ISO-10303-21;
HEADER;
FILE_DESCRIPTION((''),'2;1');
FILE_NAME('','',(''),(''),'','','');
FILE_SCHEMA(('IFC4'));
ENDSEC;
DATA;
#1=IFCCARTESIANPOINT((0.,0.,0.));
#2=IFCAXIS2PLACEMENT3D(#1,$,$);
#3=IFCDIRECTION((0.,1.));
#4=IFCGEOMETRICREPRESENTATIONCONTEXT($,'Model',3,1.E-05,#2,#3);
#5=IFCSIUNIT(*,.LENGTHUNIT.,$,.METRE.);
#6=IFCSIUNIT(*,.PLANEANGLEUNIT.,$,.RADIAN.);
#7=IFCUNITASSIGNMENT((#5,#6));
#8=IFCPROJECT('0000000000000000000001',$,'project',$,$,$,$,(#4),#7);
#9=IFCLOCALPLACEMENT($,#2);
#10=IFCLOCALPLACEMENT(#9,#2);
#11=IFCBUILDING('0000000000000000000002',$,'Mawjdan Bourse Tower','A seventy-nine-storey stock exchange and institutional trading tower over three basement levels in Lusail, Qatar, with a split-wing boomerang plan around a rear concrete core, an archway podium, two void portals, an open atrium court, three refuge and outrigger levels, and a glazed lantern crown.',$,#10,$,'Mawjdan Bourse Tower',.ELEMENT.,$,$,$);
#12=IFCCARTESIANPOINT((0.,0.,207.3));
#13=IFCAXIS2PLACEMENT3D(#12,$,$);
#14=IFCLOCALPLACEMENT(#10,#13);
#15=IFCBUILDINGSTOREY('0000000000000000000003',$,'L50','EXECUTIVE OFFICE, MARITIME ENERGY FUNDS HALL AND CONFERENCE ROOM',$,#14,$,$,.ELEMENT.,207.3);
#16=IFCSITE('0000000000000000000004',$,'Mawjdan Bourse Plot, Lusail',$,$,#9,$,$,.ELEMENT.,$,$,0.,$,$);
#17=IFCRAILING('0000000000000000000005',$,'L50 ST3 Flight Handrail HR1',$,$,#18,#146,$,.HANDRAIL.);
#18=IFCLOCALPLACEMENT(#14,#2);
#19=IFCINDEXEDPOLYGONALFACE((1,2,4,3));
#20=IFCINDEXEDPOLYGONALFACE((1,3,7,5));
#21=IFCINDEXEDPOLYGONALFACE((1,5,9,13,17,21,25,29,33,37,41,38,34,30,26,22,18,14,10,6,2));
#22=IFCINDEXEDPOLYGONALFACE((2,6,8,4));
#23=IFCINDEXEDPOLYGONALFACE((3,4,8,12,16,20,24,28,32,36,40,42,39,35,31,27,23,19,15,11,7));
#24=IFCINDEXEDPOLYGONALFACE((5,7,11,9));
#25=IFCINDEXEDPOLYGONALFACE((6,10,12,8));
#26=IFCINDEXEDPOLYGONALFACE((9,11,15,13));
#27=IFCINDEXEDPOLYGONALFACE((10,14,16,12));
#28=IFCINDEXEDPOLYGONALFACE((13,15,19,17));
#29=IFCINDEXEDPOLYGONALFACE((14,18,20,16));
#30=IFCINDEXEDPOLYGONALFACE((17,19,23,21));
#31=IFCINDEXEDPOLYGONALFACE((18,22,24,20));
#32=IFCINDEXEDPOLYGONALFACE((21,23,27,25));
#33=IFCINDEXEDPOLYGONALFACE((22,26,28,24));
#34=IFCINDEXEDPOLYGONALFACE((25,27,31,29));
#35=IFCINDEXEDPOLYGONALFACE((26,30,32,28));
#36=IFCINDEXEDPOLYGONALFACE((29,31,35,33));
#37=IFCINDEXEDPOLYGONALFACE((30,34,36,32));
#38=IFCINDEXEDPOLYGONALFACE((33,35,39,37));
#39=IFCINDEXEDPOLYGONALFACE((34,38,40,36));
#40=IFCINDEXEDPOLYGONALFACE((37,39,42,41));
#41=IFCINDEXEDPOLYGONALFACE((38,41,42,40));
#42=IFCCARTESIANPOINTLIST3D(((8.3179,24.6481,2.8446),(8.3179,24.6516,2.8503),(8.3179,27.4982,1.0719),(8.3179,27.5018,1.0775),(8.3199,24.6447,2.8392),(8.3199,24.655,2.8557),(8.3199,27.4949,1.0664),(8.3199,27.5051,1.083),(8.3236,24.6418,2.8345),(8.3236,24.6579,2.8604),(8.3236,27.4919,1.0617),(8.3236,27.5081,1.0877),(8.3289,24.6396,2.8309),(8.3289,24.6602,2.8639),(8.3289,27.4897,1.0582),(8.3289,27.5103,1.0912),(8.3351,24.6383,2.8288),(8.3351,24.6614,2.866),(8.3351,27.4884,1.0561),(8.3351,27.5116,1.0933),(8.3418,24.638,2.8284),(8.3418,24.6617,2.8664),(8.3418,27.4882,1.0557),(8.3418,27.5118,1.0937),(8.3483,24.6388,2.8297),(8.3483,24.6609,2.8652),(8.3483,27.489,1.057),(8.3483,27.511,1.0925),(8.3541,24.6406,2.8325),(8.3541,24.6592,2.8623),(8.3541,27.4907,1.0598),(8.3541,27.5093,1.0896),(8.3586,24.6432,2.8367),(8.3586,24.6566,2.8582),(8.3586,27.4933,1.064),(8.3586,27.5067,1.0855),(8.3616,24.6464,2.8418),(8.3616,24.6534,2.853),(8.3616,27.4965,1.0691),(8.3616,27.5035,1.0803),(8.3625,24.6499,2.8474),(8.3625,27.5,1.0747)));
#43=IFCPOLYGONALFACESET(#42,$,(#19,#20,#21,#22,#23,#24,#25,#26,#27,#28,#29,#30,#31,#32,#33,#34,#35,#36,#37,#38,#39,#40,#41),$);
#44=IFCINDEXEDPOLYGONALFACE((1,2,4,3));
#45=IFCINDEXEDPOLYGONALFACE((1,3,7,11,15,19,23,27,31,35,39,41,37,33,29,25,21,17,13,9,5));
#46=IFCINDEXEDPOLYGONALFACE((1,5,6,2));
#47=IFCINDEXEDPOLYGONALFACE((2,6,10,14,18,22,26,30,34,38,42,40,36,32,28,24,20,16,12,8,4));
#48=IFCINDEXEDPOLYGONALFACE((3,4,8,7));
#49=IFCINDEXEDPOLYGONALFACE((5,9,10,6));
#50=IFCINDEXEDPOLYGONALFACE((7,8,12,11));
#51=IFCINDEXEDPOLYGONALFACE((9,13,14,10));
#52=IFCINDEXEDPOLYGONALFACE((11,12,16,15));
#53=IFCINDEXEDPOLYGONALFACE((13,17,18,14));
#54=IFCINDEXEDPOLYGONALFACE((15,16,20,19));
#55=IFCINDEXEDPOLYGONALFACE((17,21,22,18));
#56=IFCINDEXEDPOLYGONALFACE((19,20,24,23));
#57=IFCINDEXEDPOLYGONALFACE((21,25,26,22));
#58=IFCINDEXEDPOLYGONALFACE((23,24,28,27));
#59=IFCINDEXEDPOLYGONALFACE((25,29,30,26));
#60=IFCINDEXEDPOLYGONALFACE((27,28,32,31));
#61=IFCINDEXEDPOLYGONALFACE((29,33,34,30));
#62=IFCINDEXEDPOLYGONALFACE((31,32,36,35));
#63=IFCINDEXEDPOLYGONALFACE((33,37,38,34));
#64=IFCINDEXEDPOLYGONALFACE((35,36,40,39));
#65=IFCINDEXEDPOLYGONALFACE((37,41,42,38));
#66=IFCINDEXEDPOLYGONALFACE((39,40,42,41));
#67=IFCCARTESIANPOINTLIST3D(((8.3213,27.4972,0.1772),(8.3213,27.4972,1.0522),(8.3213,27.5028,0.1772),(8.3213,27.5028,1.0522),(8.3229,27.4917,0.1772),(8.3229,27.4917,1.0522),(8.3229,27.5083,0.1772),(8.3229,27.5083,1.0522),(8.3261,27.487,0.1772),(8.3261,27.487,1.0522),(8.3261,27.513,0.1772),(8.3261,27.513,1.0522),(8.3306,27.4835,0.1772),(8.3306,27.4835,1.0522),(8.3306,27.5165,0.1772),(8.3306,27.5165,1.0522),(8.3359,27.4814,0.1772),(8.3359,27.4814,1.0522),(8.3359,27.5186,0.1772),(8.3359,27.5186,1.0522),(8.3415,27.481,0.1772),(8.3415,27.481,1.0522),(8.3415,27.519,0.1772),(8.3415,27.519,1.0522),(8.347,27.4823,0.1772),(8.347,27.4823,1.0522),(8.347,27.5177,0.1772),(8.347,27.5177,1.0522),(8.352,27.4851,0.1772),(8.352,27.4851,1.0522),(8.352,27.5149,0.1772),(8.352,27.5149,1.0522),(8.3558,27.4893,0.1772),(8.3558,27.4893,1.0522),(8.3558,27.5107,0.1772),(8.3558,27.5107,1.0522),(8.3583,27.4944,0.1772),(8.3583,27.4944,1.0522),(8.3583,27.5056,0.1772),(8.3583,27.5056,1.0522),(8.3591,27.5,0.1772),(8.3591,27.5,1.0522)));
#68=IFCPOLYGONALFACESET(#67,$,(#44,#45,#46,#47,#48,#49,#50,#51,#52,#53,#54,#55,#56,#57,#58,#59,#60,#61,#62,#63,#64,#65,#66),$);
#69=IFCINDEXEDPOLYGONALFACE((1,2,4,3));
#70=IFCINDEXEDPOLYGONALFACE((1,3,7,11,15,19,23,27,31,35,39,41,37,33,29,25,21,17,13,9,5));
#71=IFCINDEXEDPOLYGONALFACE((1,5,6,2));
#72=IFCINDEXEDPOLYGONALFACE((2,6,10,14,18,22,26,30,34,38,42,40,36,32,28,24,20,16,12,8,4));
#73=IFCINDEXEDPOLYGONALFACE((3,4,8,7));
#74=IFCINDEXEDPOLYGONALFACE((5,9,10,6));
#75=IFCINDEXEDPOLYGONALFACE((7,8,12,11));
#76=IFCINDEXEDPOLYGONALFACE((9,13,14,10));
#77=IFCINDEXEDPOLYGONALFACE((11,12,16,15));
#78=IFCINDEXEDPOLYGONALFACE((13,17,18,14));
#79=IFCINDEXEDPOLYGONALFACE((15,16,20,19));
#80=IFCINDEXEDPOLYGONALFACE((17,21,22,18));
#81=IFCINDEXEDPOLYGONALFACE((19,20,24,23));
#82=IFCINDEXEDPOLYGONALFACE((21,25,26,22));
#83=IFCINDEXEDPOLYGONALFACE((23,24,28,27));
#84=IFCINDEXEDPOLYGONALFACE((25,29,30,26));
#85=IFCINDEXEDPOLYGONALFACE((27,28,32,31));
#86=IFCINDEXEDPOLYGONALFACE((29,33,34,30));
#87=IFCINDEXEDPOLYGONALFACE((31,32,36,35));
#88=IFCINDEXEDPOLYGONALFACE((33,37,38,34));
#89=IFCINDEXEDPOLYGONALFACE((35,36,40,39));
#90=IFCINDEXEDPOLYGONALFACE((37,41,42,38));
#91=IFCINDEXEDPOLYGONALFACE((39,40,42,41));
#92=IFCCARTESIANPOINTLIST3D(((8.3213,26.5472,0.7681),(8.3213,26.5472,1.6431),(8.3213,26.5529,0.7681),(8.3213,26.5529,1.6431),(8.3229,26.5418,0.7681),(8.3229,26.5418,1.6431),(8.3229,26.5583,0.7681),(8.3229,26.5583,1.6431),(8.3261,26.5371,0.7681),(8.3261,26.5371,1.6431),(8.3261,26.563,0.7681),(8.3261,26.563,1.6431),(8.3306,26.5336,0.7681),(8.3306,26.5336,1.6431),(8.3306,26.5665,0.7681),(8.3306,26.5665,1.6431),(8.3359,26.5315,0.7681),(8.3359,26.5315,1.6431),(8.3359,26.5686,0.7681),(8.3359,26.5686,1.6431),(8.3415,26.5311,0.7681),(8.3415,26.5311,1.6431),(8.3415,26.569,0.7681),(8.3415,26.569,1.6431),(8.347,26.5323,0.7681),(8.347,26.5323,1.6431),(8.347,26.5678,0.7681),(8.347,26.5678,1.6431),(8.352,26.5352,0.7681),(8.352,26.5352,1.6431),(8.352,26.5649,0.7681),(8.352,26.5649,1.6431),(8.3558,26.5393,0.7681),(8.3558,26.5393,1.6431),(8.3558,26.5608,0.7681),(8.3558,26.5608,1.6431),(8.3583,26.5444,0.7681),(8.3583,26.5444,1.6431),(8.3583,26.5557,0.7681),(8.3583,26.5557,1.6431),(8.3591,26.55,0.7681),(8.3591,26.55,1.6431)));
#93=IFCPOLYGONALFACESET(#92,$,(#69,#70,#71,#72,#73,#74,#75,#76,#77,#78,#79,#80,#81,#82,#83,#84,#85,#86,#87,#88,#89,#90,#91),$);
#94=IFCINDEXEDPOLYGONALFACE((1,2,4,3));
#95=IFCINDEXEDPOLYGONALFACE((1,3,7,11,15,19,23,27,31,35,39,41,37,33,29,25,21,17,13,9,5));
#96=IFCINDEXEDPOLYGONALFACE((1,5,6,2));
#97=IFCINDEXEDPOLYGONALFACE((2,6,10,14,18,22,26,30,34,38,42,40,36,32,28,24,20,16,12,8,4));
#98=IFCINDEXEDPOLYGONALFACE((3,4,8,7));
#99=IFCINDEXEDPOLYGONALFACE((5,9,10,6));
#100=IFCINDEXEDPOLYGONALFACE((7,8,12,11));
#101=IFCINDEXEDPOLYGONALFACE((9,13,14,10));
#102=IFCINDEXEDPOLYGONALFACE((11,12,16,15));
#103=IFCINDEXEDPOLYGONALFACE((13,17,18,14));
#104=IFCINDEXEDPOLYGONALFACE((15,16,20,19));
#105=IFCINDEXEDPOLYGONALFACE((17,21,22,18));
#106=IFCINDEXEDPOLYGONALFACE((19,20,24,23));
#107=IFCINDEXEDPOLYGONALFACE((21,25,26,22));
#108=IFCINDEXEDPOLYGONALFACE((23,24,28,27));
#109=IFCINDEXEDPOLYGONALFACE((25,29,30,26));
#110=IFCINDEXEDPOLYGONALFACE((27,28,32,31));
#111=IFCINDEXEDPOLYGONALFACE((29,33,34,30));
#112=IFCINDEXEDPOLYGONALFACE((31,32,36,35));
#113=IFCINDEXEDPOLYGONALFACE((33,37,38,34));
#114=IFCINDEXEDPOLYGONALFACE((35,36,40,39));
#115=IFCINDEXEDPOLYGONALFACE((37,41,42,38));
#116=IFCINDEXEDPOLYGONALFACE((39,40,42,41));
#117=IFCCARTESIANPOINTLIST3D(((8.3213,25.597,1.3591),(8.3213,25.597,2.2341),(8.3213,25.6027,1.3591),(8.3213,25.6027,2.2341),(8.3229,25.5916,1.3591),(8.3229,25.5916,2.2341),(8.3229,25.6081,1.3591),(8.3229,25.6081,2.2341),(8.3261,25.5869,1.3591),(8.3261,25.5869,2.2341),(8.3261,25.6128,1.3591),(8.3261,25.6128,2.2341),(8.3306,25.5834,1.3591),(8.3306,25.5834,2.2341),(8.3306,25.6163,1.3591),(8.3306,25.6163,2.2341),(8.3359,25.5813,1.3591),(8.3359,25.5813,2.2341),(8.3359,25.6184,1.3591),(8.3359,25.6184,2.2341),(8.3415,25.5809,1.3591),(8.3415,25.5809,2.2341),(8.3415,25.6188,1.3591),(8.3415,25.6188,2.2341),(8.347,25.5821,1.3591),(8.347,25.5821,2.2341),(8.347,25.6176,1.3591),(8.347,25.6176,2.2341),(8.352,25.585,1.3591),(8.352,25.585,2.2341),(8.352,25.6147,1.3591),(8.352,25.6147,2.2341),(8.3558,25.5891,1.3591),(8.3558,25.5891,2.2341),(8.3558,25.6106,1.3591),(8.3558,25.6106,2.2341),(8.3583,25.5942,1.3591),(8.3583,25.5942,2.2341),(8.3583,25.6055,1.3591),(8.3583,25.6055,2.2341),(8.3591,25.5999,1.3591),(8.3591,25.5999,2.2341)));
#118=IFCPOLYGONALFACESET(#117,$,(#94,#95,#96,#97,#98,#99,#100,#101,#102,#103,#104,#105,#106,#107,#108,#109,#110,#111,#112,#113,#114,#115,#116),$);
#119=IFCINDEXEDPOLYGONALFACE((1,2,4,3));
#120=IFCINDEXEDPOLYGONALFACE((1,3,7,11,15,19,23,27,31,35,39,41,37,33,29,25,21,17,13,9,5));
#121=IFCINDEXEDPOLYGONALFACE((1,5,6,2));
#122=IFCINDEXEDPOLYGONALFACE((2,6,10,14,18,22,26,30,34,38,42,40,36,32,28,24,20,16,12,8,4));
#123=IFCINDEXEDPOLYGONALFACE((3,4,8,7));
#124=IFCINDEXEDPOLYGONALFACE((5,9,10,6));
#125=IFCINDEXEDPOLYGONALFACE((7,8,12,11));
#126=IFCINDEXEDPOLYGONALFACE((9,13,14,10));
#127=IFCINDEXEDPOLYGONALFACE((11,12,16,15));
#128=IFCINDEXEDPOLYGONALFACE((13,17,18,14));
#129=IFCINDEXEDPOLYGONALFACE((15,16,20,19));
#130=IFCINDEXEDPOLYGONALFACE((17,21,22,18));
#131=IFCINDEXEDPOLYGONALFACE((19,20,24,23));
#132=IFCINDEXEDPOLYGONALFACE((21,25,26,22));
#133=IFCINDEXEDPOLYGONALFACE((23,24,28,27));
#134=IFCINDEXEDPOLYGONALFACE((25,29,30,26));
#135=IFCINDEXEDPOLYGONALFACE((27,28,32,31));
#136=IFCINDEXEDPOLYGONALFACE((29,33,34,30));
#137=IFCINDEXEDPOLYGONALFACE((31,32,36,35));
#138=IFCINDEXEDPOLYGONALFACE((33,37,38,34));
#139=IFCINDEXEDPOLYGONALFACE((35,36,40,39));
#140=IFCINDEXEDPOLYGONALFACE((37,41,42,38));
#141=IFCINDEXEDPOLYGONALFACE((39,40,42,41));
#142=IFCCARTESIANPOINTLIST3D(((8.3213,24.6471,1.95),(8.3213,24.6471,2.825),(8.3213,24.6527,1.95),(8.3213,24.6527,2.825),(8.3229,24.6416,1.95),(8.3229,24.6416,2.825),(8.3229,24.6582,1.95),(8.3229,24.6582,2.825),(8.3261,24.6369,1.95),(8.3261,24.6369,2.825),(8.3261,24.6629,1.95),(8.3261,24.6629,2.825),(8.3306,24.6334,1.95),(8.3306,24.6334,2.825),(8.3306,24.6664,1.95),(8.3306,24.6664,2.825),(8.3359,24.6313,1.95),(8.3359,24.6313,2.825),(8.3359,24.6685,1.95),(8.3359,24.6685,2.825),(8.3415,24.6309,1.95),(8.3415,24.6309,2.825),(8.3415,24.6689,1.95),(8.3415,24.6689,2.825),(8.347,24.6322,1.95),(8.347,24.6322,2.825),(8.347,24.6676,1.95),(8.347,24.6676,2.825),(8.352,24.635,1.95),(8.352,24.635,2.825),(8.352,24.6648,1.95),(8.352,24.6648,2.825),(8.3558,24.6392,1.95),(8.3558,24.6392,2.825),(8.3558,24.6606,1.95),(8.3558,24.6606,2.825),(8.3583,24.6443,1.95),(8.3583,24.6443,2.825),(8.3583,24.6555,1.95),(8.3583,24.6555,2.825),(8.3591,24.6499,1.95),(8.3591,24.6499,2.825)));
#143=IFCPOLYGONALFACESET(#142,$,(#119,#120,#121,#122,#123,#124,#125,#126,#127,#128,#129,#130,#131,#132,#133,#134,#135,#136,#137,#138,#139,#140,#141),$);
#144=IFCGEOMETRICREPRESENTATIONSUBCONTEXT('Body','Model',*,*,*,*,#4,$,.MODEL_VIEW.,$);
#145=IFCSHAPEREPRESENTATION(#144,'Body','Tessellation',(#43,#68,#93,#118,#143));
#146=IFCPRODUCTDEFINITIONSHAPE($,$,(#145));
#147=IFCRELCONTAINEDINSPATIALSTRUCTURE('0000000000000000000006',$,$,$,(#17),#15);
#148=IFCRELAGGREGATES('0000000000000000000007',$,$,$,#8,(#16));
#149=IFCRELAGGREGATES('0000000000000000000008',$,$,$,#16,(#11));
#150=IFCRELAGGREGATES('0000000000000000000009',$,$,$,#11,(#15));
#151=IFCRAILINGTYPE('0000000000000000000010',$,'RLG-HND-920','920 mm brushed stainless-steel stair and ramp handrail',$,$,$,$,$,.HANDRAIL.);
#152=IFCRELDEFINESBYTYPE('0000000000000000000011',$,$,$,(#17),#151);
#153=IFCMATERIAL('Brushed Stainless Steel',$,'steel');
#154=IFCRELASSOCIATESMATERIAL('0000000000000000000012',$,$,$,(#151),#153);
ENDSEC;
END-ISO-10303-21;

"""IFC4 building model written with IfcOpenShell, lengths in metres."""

from ifc_helpers import new_model, si_unit, direction, frame, origin, origin_2d, place, context, subcontext, project, spatial, circle, extrude, material, type_object, element, save


model = new_model("IFC4")

# Units and contexts
model_context = context("Model", 3, precision=1e-05, world=origin(), true_north=direction((0.0, 1.0)))
body_context = subcontext(model_context, "Body", "Model", "MODEL_VIEW")
ifc_project = project(units=[si_unit("LENGTHUNIT", "METRE"), si_unit("PLANEANGLEUNIT", "RADIAN")], contexts=[model_context])

# Site, building, storey
site_placement = place(None, origin())
site = spatial("IfcSite", under=ifc_project, at=site_placement, Name="Mawjdan Bourse Plot, Lusail", CompositionType="ELEMENT", RefElevation=0.0)
building_placement = place(site_placement, origin())
building = spatial("IfcBuilding", under=site, at=building_placement, Name="Mawjdan Bourse Tower", Description="A seventy-nine-storey stock exchange and institutional trading tower over three basement levels in Lusail, Qatar, with a split-wing boomerang plan around a rear concrete core, an archway podium, two void portals, an open atrium court, three refuge and outrigger levels, and a glazed lantern crown.", LongName="Mawjdan Bourse Tower", CompositionType="ELEMENT")
storey_placement = place(building_placement, frame((0.0, 0.0, 207.3)))
storey = spatial("IfcBuildingStorey", under=building, at=storey_placement, Name="L50", Description="EXECUTIVE OFFICE, MARITIME ENERGY FUNDS HALL AND CONFERENCE ROOM", CompositionType="ELEMENT", Elevation=207.3)

# Railing
ifc_material_1 = material(Name="Brushed Stainless Steel", Category="steel")
railing_type_1 = type_object("IfcRailingType", Name="RLG-HND-920", Description="920 mm brushed stainless-steel stair and ramp handrail", PredefinedType="HANDRAIL", material=ifc_material_1)
railing_placement = place(storey_placement, frame((8.3401, 27.5, 0.1772)))
element("IfcRailing", 1, at=railing_placement, inside=storey, type_object=railing_type_1, Name="L50 ST3 Flight Handrail HR1", PredefinedType="HANDRAIL", context=body_context, shape_type="SweptSolid", body=[
    extrude(circle(Radius=0.0225, at=origin_2d()), frame((0.0, 0.0, 0.8975), z_axis=(0.0, -0.849149, 0.528154), x_axis=(1.0, 0.0, 0.0)), (0.0, 0.0, 1.0), 3.3564),
    extrude(circle(Radius=0.019, at=origin_2d()), origin(), (0.0, 0.0, 1.0), 0.875),
    extrude(circle(Radius=0.019, at=origin_2d()), frame((0.0, -0.95, 0.5908)), (0.0, 0.0, 1.0), 0.875),
    extrude(circle(Radius=0.019, at=origin_2d()), frame((0.0, -1.9001, 1.1819)), (0.0, 0.0, 1.0), 0.875),
    extrude(circle(Radius=0.019, at=origin_2d()), frame((0.0, -2.8501, 1.7727)), (0.0, 0.0, 1.0), 0.875),
])

save(model, "model.ifc")
